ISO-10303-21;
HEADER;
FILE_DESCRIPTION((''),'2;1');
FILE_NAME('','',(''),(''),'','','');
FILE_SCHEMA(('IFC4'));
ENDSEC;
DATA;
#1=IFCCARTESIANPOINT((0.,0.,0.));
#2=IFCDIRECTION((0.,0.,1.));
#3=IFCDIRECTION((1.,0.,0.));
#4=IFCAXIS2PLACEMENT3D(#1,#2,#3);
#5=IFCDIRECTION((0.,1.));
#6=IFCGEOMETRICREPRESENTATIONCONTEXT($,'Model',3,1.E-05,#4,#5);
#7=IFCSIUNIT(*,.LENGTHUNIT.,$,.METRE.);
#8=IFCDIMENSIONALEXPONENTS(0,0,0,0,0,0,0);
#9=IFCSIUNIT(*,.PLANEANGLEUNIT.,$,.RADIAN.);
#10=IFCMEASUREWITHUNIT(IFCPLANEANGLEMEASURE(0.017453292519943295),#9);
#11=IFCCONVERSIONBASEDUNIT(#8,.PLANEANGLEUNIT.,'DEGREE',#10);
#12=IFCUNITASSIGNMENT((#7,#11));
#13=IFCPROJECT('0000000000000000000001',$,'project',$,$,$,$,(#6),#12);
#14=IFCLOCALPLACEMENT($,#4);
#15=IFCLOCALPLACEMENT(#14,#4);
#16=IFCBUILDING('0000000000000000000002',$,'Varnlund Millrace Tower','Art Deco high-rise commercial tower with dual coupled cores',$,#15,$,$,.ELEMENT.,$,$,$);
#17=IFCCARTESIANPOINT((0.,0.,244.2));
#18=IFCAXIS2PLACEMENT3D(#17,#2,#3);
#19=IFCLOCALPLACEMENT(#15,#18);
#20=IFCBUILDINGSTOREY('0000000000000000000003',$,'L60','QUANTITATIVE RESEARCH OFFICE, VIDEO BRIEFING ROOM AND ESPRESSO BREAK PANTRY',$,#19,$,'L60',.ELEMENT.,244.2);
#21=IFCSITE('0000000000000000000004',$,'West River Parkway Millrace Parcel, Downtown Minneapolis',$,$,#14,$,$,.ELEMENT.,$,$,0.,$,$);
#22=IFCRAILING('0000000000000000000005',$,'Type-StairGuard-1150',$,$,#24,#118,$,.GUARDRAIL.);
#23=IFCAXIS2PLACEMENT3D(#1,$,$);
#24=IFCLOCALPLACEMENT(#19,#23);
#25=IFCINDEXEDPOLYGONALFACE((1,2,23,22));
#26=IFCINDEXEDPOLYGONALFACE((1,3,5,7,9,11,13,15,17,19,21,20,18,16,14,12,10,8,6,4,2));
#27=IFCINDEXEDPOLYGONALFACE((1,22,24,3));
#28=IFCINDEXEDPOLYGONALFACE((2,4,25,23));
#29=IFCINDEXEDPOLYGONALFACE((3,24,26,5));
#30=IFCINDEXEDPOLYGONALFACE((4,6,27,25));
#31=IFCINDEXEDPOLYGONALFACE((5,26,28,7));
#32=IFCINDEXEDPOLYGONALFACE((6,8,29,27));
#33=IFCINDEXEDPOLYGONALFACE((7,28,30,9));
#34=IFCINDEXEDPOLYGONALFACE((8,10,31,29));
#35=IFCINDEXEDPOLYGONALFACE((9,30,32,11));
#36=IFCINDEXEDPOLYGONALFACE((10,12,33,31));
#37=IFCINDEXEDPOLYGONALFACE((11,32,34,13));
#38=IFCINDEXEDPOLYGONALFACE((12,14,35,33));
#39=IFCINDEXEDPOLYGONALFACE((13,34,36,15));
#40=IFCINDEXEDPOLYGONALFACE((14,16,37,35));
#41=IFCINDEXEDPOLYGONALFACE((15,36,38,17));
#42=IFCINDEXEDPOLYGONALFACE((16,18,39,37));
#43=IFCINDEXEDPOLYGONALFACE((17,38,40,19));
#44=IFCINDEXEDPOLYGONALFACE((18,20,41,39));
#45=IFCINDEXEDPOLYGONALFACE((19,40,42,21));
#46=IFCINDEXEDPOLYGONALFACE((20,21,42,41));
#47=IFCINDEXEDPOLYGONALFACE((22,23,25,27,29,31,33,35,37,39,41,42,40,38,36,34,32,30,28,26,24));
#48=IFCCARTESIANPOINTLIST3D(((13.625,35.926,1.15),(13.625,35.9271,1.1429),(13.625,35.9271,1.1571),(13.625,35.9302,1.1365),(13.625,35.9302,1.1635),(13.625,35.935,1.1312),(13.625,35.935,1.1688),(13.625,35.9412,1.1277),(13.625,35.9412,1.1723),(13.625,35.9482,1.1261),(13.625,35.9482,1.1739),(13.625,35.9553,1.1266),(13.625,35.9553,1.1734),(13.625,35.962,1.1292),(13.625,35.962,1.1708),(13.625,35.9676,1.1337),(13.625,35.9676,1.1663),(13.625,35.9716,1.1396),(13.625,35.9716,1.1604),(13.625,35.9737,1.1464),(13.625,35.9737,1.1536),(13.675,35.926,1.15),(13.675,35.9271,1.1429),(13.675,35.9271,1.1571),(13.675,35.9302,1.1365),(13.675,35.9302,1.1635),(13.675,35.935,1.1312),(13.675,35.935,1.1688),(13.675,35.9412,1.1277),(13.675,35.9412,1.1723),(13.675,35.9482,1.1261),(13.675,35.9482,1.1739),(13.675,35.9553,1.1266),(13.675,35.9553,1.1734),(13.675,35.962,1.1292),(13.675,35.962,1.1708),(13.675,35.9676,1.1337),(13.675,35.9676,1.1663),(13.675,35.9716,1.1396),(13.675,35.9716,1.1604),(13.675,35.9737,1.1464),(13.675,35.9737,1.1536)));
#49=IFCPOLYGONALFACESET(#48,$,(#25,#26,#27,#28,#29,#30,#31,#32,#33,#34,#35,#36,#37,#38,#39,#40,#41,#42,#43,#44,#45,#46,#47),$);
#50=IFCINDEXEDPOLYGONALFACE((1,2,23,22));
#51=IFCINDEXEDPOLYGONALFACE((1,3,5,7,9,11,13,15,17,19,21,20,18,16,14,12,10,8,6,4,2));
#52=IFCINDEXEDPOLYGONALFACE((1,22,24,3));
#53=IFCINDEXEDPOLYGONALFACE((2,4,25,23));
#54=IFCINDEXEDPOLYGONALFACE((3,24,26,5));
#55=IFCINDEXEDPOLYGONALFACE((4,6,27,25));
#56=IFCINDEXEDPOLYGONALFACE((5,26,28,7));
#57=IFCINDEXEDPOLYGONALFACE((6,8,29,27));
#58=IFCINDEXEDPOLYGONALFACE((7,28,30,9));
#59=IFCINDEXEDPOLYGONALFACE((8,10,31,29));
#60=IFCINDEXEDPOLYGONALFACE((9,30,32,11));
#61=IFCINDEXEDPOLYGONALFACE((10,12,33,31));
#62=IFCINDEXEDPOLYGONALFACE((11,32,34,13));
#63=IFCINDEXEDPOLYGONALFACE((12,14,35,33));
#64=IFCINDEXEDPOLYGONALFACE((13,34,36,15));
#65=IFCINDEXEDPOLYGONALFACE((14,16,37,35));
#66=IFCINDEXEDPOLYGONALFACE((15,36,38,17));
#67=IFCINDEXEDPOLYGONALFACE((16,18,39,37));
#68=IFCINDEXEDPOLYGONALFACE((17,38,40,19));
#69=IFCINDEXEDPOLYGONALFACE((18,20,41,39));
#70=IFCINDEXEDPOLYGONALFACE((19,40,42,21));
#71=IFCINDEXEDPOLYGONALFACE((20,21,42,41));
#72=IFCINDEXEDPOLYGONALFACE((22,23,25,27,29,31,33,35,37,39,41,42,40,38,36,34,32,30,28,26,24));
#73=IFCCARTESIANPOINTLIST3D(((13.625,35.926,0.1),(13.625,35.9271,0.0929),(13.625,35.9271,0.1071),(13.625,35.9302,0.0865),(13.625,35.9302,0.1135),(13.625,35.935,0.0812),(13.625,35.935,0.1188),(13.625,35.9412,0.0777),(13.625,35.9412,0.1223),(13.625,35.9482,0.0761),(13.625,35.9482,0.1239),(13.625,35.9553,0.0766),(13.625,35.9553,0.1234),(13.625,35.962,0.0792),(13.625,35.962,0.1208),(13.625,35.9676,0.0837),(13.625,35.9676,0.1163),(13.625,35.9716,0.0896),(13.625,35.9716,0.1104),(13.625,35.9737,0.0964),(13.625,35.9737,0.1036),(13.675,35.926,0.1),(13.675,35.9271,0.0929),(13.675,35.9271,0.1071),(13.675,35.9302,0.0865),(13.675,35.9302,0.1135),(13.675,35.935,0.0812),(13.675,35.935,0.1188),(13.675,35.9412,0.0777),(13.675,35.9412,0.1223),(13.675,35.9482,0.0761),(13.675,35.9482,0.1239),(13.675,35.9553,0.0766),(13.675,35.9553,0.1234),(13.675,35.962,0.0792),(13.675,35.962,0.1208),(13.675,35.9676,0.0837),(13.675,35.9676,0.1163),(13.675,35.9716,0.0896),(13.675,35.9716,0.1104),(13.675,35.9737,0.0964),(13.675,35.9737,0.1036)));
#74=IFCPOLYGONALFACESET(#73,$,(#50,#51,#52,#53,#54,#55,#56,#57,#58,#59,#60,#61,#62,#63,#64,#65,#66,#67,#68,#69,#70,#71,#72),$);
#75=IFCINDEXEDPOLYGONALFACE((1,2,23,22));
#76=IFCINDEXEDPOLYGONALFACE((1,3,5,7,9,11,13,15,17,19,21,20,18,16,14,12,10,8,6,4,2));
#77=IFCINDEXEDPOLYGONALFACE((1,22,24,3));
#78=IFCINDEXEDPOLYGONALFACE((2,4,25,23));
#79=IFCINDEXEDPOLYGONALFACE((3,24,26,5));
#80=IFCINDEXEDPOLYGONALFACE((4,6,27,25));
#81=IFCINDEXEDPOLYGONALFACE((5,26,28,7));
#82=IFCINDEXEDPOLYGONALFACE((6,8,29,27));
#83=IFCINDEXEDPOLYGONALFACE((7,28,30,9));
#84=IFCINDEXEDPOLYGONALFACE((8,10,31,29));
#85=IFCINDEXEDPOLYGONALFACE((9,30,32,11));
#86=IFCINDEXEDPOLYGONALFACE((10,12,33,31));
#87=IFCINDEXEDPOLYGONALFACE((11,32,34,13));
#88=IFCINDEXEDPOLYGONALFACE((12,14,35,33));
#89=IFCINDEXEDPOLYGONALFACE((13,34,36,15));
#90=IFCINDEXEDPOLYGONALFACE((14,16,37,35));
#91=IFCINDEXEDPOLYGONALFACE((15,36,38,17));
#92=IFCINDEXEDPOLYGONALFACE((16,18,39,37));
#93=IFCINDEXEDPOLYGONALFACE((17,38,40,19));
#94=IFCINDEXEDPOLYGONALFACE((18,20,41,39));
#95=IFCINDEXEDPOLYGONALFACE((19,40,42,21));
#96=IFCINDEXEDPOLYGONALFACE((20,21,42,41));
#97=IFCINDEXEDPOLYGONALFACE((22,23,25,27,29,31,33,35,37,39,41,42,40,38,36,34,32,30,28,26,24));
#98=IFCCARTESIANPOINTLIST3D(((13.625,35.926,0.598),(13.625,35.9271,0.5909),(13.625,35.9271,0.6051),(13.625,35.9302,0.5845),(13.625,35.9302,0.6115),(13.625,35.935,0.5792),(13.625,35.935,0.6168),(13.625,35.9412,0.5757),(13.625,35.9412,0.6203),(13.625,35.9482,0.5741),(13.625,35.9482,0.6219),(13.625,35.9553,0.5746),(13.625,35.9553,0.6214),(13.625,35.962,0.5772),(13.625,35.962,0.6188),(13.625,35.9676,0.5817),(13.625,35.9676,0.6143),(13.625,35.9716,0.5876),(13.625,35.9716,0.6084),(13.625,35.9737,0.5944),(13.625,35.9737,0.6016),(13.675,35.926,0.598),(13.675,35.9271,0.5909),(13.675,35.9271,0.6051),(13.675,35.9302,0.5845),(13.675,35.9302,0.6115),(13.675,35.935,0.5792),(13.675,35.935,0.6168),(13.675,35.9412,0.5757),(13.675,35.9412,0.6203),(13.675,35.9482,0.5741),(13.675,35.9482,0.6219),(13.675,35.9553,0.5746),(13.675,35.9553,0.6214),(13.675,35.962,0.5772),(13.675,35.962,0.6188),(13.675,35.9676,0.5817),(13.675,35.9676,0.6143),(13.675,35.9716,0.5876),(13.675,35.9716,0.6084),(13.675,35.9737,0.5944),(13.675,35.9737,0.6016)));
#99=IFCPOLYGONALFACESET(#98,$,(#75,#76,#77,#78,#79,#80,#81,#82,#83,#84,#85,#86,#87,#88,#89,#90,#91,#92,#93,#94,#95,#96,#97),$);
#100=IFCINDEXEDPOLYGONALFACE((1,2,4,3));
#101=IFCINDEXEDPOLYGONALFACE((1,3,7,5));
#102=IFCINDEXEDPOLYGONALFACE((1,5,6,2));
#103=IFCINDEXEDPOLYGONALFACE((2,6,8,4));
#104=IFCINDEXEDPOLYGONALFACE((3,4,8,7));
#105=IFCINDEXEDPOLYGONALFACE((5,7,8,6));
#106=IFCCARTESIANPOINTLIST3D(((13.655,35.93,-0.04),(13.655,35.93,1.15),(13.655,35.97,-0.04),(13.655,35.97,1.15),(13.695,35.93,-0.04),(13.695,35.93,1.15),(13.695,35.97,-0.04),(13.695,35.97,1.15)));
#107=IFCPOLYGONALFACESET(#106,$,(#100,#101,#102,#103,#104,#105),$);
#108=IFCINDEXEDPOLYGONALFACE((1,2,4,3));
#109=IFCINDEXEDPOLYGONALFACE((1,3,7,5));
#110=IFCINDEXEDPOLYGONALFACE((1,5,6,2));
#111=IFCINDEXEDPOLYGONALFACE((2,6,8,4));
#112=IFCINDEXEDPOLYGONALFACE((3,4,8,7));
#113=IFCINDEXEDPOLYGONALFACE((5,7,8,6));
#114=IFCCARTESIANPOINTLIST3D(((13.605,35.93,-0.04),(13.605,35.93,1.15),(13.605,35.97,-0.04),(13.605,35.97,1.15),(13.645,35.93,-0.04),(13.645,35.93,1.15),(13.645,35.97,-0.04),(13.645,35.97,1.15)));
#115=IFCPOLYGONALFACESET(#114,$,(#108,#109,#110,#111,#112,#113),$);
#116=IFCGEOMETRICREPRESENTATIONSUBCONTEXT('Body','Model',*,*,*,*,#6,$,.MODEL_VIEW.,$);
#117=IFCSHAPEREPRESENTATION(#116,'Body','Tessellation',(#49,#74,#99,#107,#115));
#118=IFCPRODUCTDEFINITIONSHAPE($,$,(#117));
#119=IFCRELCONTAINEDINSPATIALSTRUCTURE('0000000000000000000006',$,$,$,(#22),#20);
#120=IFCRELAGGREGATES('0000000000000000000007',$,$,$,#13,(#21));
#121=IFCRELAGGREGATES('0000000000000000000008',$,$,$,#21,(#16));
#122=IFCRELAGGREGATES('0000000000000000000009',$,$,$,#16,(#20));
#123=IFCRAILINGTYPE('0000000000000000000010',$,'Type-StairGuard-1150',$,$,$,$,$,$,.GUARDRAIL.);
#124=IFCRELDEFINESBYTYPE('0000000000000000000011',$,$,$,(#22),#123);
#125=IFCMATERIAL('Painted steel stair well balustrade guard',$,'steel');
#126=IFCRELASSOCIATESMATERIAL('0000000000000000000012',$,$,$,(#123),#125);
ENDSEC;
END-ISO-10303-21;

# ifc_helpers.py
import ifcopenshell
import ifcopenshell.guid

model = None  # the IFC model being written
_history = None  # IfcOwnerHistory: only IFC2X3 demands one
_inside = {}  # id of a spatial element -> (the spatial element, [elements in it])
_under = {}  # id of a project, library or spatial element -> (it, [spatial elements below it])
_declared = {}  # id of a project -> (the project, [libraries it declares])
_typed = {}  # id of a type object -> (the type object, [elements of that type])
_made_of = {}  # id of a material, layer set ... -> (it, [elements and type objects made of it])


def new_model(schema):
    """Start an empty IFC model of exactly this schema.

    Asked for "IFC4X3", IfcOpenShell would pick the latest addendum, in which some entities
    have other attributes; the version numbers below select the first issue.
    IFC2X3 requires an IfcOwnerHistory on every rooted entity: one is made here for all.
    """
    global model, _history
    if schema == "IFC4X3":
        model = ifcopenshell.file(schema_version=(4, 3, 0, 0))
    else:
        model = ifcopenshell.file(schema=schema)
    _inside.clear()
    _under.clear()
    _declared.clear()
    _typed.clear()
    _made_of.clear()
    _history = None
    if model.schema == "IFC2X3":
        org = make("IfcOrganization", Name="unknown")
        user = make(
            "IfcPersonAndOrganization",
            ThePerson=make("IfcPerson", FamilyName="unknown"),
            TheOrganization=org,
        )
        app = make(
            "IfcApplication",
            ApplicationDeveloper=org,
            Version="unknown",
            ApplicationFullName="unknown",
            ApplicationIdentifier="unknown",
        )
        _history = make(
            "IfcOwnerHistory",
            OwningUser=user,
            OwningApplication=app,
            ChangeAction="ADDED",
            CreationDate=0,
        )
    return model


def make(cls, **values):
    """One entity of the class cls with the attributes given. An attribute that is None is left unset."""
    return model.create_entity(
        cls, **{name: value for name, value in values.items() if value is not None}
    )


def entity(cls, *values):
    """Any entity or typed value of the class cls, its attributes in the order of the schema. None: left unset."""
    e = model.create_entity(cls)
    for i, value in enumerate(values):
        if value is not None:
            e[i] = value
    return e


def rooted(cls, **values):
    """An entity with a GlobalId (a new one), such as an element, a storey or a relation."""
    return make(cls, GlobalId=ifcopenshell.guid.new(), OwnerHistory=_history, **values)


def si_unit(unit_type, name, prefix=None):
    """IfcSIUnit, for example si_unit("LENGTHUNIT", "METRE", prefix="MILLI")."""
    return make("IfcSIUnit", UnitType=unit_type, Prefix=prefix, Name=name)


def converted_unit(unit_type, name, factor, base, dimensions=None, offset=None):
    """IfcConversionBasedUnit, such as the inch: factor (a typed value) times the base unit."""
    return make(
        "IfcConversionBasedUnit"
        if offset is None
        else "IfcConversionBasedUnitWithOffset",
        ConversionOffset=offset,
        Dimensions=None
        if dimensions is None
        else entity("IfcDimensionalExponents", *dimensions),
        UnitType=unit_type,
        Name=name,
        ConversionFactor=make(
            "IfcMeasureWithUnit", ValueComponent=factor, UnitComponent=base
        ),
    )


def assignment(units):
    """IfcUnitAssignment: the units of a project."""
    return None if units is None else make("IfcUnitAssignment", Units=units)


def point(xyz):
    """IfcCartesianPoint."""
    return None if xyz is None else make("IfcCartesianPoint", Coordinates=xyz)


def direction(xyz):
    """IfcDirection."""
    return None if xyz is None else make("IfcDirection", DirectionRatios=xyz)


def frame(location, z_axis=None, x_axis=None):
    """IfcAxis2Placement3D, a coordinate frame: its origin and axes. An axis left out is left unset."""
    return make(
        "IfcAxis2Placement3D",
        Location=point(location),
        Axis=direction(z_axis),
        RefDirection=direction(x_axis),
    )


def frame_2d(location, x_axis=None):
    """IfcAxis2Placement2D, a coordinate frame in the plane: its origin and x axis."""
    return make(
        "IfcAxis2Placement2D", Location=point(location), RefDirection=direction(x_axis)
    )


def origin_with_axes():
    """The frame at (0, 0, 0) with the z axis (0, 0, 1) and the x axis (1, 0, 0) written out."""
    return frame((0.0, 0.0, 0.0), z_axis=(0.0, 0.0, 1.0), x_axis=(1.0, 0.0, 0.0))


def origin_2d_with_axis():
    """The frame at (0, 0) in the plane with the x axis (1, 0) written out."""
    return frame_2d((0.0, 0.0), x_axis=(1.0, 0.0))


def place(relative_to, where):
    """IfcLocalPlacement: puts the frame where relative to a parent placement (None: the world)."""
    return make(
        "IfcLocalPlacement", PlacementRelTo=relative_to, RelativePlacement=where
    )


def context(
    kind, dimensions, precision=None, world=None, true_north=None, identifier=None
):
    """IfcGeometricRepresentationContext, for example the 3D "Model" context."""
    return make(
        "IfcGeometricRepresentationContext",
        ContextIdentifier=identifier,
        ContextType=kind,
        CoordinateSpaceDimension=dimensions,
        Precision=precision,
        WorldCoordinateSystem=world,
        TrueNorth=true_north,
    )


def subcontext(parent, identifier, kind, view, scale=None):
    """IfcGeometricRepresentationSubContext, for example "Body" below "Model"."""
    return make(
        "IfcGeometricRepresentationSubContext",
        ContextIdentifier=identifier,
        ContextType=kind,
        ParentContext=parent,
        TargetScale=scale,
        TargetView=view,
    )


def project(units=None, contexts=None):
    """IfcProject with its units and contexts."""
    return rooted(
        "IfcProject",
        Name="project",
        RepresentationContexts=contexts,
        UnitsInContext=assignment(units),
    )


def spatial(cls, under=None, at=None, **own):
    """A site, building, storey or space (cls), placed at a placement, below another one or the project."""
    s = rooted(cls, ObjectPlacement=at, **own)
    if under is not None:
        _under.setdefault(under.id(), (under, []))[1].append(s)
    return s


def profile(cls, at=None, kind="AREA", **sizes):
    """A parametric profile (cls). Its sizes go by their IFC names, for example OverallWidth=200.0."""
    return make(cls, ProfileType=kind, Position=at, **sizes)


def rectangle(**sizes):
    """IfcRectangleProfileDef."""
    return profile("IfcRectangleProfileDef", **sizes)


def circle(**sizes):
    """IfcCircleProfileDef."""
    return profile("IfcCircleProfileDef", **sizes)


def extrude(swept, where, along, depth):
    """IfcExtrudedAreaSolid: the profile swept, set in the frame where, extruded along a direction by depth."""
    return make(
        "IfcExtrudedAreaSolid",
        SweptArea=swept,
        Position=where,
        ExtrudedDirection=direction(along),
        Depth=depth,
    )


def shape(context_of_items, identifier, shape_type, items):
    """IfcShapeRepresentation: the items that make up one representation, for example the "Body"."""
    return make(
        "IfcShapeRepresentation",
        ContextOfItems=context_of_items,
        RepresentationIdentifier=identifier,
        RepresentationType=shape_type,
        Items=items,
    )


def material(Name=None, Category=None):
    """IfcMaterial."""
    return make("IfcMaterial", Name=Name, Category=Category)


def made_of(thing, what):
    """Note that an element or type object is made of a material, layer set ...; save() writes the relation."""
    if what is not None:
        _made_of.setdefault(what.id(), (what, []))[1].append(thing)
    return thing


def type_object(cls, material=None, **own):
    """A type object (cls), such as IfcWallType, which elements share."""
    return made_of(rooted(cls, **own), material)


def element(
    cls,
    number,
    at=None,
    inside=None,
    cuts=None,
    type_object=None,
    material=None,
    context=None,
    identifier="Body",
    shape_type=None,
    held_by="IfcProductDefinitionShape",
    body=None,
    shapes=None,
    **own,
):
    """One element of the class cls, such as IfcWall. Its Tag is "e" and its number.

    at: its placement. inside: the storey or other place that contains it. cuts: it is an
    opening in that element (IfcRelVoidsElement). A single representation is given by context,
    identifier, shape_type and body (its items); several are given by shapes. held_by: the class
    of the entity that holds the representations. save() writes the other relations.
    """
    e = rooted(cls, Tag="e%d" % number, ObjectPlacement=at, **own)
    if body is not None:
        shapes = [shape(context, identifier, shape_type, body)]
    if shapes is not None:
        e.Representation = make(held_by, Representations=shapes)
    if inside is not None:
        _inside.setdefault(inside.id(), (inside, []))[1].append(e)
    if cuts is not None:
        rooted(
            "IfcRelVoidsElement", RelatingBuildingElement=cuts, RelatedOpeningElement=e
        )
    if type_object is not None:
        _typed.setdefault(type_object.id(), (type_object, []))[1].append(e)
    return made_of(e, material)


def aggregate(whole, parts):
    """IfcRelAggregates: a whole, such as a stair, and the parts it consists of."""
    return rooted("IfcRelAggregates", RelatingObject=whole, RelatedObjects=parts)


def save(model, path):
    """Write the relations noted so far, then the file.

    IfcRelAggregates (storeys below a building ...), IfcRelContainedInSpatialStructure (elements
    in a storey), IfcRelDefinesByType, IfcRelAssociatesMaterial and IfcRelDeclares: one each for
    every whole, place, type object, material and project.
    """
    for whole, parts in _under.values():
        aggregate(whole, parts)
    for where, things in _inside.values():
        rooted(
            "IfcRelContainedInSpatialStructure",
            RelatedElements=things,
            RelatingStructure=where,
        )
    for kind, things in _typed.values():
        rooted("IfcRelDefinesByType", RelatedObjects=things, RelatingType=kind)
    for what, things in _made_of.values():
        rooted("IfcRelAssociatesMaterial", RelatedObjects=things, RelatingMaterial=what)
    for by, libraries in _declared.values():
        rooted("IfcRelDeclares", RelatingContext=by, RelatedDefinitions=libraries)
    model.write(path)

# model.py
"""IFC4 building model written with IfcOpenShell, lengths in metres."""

from ifc_helpers import new_model, entity, si_unit, converted_unit, direction, frame, origin_with_axes, origin_2d_with_axis, place, context, subcontext, project, spatial, rectangle, circle, extrude, material, type_object, element, save


model = new_model("IFC4")

# Units and contexts
model_context = context("Model", 3, precision=1e-05, world=origin_with_axes(), true_north=direction((0.0, 1.0)))
body_context = subcontext(model_context, "Body", "Model", "MODEL_VIEW")
ifc_project = project(units=[si_unit("LENGTHUNIT", "METRE"), converted_unit("PLANEANGLEUNIT", "DEGREE", entity("IfcPlaneAngleMeasure", 0.017453292519943295), si_unit("PLANEANGLEUNIT", "RADIAN"), dimensions=[0, 0, 0, 0, 0, 0, 0])], contexts=[model_context])

# Site, building, storey
site_placement = place(None, origin_with_axes())
site = spatial("IfcSite", under=ifc_project, at=site_placement, Name="West River Parkway Millrace Parcel, Downtown Minneapolis", CompositionType="ELEMENT", RefElevation=0.0)
building_placement = place(site_placement, origin_with_axes())
building = spatial("IfcBuilding", under=site, at=building_placement, Name="Varnlund Millrace Tower", Description="Art Deco high-rise commercial tower with dual coupled cores", CompositionType="ELEMENT")
storey_placement = place(building_placement, frame((0.0, 0.0, 244.2), z_axis=(0.0, 0.0, 1.0), x_axis=(1.0, 0.0, 0.0)))
storey = spatial("IfcBuildingStorey", under=building, at=storey_placement, Name="L60", Description="QUANTITATIVE RESEARCH OFFICE, VIDEO BRIEFING ROOM AND ESPRESSO BREAK PANTRY", LongName="L60", CompositionType="ELEMENT", Elevation=244.2)

# Railing
ifc_material_1 = material(Name="Painted steel stair well balustrade guard", Category="steel")
railing_type_1 = type_object("IfcRailingType", Name="Type-StairGuard-1150", PredefinedType="GUARDRAIL", material=ifc_material_1)
railing_1_placement = place(storey_placement, frame((0.0, 0.0, -244.2), z_axis=(0.0, 0.0, 1.0), x_axis=(1.0, 0.0, 0.0)))
element("IfcRailing", 1, at=railing_1_placement, inside=storey, type_object=railing_type_1, Name="Type-StairGuard-1150", PredefinedType="GUARDRAIL", context=body_context, shape_type="SweptSolid", body=[
    extrude(circle(Radius=0.024, at=origin_2d_with_axis()), frame((13.675, 35.95, 245.35), z_axis=(-1.0, 0.0, 0.0), x_axis=(0.0, -1.0, 0.0)), (0.0, 0.0, 1.0), 0.05),
    extrude(circle(Radius=0.024, at=origin_2d_with_axis()), frame((13.675, 35.95, 244.3), z_axis=(-1.0, 0.0, 0.0), x_axis=(0.0, -1.0, 0.0)), (0.0, 0.0, 1.0), 0.05),
    extrude(circle(Radius=0.024, at=origin_2d_with_axis()), frame((13.675, 35.95, 244.798), z_axis=(-1.0, 0.0, 0.0), x_axis=(0.0, -1.0, 0.0)), (0.0, 0.0, 1.0), 0.05),
    extrude(rectangle(XDim=0.04, YDim=0.04, at=origin_2d_with_axis()), frame((13.675, 35.95, 244.16), z_axis=(0.0, 0.0, 1.0), x_axis=(1.0, 0.0, 0.0)), (0.0, 0.0, 1.0), 1.19),
    extrude(rectangle(XDim=0.04, YDim=0.04, at=origin_2d_with_axis()), frame((13.625, 35.95, 244.16), z_axis=(0.0, 0.0, 1.0), x_axis=(1.0, 0.0, 0.0)), (0.0, 0.0, 1.0), 1.19),
])

save(model, "model.ifc")
